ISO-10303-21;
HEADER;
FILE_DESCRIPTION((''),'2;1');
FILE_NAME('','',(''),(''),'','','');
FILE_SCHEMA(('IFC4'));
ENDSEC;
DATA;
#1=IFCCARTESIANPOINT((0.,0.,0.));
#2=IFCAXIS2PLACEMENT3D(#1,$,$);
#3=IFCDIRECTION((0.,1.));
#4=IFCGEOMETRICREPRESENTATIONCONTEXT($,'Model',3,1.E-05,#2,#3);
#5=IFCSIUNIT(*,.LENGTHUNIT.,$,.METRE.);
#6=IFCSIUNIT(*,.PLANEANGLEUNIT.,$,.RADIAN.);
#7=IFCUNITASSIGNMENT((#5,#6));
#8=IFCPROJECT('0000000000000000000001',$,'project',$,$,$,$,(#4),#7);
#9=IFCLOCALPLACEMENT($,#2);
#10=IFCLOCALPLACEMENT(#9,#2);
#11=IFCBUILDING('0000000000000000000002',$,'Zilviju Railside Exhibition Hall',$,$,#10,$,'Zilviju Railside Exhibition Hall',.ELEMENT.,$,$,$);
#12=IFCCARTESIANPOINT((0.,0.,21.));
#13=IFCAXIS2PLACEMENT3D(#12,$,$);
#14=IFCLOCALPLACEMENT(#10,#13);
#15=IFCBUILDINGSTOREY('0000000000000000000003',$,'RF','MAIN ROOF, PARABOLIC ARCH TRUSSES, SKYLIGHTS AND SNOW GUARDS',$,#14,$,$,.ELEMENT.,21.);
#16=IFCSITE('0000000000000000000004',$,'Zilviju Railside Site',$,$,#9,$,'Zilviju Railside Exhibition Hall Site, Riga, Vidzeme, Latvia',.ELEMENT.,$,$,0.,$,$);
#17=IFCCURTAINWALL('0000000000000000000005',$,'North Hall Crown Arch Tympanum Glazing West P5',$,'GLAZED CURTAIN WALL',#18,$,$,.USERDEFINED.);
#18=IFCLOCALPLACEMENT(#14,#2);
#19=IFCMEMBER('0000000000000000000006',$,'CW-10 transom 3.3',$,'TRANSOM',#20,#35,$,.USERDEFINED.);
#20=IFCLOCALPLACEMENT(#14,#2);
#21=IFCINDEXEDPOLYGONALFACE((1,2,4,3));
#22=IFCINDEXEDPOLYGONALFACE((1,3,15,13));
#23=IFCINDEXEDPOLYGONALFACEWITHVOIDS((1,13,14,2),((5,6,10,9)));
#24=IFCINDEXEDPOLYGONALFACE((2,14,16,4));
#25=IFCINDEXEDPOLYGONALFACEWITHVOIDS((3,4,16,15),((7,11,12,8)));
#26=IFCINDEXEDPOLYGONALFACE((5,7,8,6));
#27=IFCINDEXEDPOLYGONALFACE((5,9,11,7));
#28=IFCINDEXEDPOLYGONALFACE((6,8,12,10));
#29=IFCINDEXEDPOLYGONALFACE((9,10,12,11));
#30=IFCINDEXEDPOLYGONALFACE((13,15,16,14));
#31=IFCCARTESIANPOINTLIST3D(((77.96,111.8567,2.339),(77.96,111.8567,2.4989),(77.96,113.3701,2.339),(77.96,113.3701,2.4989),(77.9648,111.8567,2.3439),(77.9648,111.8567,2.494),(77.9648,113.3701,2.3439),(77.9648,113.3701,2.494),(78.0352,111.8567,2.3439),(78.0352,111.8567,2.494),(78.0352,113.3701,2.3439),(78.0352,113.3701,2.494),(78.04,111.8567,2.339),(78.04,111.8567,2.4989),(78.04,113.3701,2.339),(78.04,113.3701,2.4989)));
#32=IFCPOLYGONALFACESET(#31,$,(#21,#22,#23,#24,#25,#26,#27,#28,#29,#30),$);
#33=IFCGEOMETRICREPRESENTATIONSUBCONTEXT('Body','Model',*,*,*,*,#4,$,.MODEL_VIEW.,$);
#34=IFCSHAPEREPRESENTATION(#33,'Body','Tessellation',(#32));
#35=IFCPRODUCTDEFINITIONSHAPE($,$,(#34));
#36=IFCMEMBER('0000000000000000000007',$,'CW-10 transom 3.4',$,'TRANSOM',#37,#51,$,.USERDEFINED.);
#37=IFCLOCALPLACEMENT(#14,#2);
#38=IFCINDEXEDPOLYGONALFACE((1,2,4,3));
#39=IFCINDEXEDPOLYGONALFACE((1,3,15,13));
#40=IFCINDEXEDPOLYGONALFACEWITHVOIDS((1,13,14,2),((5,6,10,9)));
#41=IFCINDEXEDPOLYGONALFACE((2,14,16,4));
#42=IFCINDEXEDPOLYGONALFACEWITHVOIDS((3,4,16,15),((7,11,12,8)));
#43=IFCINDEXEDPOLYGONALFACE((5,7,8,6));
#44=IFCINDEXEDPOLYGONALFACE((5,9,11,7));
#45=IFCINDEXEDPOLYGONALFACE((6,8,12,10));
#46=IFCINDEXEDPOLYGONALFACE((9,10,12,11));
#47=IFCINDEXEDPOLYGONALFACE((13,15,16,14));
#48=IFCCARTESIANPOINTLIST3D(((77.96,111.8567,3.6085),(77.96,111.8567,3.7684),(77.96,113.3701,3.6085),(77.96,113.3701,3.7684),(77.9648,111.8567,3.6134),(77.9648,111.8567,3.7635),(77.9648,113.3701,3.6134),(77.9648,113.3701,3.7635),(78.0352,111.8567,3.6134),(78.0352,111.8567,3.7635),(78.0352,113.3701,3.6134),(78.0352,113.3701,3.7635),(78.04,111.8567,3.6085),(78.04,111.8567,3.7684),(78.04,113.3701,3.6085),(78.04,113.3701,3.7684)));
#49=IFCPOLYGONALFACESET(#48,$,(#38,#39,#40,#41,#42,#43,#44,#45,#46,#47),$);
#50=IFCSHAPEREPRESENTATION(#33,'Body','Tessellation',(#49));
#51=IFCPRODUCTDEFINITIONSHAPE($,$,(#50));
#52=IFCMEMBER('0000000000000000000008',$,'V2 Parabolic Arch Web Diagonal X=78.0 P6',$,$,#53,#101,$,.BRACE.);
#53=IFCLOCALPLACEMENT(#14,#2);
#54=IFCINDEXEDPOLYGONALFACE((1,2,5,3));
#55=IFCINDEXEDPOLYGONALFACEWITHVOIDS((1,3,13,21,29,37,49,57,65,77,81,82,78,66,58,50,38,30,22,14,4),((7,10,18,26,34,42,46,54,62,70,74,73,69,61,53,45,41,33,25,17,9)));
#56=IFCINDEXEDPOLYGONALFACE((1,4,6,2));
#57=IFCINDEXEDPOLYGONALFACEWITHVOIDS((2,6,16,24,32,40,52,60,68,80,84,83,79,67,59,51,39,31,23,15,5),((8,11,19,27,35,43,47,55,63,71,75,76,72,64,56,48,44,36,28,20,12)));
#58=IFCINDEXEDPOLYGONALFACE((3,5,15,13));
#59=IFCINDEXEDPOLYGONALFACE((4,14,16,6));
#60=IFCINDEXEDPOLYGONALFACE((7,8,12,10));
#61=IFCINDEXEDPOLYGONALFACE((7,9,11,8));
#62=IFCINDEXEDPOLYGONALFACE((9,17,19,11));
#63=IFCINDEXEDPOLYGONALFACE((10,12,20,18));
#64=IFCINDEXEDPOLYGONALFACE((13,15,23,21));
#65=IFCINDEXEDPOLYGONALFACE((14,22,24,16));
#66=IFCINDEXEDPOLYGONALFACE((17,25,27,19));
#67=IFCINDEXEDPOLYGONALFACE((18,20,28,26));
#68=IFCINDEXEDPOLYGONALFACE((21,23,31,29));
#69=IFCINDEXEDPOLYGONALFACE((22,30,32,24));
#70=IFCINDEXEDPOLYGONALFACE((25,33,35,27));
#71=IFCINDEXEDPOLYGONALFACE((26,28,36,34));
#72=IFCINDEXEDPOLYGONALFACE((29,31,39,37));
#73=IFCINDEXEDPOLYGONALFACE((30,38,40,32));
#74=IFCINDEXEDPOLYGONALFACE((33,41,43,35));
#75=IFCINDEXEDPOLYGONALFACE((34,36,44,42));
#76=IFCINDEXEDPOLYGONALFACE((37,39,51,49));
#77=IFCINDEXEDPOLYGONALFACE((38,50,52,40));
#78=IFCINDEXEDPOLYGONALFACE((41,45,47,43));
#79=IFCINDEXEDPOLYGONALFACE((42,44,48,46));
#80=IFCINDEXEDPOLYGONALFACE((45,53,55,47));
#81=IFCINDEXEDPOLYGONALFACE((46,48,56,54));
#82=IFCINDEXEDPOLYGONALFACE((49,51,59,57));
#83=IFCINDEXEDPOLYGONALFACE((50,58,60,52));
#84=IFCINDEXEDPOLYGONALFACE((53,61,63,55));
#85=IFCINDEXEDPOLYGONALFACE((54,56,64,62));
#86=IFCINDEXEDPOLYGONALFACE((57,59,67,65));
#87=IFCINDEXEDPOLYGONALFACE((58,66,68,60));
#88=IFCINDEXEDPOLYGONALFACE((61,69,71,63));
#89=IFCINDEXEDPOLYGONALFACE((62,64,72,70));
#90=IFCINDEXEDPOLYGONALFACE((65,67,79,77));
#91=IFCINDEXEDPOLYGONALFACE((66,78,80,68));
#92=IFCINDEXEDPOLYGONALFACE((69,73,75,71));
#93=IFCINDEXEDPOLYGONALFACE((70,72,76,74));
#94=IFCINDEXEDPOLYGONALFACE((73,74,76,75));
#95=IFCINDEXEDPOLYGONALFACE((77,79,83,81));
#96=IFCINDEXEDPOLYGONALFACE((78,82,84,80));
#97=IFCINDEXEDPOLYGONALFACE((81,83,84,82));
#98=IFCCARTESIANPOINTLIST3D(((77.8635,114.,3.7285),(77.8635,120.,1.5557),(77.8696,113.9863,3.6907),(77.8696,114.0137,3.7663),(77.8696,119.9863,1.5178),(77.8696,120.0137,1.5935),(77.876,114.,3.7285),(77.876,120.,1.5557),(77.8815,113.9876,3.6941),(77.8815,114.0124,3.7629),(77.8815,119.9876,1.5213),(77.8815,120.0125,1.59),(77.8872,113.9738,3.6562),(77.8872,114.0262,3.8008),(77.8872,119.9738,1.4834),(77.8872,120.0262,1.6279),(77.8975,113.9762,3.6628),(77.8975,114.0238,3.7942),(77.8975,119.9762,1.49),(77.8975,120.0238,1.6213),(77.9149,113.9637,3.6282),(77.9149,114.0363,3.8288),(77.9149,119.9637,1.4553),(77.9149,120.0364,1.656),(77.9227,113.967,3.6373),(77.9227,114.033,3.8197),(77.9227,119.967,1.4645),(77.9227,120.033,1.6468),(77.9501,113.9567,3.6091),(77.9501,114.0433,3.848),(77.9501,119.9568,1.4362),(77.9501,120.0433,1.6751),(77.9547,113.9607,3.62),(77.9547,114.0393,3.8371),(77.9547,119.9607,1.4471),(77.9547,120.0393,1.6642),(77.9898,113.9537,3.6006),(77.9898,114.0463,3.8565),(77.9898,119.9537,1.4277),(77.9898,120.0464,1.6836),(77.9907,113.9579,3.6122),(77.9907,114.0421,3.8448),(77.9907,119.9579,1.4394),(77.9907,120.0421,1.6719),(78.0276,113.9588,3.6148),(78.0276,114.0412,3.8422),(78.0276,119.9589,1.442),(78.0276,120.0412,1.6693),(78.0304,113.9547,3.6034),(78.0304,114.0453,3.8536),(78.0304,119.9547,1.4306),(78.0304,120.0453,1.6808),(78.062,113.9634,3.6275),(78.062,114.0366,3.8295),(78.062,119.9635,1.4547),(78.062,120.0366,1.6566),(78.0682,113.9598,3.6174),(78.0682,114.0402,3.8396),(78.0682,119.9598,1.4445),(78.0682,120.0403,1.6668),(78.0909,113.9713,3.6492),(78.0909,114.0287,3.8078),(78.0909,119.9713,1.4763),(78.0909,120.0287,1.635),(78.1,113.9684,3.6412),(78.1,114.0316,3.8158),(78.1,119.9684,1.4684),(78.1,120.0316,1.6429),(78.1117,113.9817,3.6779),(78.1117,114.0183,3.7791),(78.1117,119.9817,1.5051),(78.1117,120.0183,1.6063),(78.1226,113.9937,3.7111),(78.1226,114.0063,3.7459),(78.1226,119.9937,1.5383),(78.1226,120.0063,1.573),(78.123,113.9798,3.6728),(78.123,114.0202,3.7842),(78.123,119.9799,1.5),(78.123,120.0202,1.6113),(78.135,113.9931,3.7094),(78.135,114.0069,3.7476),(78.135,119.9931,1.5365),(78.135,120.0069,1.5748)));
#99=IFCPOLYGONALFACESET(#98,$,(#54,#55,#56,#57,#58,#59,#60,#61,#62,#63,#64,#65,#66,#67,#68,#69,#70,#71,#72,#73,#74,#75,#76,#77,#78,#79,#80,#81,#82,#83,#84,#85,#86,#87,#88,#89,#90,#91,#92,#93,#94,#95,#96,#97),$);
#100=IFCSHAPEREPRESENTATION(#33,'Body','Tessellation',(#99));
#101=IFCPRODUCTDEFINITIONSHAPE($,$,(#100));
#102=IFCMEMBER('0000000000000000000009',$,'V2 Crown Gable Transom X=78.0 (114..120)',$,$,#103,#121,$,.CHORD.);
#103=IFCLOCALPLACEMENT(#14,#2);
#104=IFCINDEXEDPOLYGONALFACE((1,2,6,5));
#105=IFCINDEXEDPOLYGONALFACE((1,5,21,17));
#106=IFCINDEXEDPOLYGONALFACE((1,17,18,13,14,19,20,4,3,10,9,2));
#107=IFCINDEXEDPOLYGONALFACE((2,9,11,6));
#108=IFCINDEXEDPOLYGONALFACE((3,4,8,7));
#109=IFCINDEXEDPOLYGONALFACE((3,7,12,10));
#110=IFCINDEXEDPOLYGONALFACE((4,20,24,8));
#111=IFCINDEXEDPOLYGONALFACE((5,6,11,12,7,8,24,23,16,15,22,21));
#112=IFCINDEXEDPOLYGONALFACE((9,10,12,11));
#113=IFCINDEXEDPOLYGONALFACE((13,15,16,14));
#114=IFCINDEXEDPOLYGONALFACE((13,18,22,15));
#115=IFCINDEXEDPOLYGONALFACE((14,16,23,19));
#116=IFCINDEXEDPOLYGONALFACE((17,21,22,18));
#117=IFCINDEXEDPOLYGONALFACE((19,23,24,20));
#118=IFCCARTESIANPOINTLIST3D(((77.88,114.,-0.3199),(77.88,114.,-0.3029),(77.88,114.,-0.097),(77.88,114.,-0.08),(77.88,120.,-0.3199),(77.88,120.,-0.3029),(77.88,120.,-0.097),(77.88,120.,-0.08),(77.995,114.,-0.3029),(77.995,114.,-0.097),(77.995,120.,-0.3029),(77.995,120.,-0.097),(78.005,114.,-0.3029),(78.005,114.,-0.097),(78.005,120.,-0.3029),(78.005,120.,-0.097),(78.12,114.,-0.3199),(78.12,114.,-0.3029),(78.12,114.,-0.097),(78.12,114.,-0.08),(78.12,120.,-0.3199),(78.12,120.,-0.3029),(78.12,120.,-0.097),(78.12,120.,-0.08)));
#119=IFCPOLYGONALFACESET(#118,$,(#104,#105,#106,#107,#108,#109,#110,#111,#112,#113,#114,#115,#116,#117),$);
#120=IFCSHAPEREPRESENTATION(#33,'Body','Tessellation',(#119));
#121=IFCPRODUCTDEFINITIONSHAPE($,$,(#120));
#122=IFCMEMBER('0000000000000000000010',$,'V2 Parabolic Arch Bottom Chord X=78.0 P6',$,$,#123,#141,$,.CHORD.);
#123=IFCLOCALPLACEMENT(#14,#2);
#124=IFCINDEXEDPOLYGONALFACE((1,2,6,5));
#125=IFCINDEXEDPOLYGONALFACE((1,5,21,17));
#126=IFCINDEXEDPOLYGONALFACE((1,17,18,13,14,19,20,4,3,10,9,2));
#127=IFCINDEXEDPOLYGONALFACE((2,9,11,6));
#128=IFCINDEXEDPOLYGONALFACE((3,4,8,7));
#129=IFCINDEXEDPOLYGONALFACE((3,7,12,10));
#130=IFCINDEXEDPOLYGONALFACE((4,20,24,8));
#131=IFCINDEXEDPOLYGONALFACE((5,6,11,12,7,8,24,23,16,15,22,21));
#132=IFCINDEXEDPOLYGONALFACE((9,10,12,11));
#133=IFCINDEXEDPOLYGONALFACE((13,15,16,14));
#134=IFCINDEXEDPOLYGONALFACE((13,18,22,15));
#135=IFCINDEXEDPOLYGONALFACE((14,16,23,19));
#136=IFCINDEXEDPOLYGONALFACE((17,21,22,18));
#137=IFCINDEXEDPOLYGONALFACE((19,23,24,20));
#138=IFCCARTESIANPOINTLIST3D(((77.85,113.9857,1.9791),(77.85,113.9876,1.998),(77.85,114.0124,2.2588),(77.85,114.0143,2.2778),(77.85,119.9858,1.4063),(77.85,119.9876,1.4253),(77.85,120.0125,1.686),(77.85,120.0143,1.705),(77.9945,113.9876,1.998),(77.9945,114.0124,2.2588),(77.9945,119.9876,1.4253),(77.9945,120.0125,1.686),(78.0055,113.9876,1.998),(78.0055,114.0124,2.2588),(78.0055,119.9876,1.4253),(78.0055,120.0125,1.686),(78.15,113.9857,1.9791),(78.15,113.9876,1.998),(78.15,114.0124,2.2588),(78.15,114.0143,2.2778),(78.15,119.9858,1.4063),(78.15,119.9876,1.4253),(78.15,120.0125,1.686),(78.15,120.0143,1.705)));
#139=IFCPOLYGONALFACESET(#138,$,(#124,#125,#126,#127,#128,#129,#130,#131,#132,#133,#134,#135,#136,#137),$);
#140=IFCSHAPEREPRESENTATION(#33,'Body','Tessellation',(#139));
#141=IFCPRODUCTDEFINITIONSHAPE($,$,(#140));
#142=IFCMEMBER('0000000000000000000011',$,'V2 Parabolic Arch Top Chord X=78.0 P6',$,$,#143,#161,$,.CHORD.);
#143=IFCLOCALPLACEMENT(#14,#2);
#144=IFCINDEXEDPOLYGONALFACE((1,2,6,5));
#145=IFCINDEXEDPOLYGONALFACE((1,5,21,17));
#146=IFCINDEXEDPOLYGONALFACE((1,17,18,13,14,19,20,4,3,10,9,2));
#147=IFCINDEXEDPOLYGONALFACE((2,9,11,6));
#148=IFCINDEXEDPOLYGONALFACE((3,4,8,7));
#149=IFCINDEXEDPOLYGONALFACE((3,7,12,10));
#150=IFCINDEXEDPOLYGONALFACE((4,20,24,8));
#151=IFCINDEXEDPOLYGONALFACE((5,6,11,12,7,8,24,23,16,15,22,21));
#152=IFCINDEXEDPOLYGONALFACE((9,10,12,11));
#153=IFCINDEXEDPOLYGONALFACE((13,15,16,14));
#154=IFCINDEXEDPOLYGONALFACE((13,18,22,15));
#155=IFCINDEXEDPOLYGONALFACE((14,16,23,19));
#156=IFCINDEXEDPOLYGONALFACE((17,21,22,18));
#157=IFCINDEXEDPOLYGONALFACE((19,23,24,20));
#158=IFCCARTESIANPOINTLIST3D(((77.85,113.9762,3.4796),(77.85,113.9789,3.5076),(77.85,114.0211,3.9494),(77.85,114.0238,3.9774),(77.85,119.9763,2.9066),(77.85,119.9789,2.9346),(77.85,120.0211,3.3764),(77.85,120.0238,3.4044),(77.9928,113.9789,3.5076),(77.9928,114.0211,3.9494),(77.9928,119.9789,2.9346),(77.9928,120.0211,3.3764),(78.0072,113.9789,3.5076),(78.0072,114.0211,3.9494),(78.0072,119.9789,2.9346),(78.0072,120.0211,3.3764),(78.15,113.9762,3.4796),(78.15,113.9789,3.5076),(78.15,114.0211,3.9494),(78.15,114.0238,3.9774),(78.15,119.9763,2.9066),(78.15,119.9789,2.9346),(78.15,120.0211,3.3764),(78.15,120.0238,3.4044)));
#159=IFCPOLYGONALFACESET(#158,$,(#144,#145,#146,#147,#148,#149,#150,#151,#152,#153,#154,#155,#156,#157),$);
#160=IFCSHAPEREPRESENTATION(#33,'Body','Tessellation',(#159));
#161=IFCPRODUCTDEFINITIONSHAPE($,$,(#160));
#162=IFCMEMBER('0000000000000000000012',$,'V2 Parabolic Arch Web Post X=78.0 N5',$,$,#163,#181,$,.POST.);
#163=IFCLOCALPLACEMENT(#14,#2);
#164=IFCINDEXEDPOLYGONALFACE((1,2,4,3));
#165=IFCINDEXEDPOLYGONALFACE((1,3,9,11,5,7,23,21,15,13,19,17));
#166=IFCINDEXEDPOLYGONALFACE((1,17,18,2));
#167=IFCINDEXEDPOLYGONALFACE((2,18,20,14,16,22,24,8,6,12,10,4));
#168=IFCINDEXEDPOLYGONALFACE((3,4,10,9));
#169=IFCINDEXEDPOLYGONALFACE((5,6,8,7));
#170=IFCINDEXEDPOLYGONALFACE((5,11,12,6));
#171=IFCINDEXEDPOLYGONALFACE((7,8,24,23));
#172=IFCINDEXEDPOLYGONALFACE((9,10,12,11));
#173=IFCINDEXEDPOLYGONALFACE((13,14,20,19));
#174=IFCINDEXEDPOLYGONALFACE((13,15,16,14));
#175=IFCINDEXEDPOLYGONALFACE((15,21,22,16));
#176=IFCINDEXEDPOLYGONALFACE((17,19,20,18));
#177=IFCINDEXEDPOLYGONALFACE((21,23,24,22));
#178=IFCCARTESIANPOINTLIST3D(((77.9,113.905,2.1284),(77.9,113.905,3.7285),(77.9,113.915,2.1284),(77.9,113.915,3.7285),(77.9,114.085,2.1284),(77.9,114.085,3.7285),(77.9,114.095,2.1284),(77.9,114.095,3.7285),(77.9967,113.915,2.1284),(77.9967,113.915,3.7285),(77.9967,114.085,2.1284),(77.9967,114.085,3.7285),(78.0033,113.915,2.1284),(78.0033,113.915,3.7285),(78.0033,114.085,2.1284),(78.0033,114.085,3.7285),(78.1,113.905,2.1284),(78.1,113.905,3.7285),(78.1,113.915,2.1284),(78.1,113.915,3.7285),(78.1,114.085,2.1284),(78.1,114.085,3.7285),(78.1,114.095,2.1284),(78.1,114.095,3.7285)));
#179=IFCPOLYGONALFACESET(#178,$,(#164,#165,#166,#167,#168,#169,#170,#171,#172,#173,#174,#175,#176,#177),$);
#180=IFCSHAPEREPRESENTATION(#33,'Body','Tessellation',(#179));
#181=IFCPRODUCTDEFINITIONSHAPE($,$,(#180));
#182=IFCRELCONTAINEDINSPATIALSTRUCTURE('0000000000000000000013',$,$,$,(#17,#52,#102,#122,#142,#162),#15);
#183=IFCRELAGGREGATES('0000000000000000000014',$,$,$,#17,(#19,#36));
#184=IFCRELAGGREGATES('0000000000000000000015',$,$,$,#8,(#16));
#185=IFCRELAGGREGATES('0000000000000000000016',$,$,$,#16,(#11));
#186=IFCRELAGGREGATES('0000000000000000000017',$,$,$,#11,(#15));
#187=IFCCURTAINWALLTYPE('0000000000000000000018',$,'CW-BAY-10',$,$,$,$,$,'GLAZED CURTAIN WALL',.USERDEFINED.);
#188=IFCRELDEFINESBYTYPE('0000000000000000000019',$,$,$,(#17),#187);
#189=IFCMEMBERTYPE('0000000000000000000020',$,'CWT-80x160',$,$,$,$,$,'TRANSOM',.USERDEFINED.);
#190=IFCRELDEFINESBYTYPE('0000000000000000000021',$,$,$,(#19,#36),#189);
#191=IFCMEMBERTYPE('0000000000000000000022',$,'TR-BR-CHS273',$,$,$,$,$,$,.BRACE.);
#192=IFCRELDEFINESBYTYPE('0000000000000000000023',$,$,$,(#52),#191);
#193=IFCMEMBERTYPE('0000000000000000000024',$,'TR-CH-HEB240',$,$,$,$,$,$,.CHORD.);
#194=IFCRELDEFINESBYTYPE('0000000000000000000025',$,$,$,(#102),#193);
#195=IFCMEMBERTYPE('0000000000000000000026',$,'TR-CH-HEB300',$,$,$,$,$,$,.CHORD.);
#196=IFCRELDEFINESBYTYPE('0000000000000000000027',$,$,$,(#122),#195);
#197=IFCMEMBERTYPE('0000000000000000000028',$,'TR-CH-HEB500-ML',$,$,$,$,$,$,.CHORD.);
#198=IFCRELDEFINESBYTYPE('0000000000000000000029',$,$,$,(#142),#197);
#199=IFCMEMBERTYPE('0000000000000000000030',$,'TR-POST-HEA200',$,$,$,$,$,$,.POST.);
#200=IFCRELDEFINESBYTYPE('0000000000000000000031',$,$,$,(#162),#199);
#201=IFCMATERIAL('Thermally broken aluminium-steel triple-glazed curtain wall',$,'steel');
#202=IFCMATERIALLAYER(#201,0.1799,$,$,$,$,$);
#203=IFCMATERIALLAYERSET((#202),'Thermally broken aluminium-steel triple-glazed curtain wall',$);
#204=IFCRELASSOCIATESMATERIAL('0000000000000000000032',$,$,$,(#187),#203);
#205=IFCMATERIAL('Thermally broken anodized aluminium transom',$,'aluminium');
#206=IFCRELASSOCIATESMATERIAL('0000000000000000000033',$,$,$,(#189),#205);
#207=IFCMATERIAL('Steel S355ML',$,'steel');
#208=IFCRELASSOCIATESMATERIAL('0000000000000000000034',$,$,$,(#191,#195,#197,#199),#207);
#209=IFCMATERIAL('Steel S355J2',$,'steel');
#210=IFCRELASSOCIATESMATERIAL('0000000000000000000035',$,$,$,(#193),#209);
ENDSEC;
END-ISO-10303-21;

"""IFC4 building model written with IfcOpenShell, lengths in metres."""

from ifc_helpers import new_model, si_unit, direction, frame, origin, origin_2d, place, context, subcontext, project, spatial, hollow_rectangle, hollow_circle, i_section, extrude, material, layer, layer_set, material_profile, profile_set, type_object, element, aggregate, save


model = new_model("IFC4")

# Units and contexts
model_context = context("Model", 3, precision=1e-05, world=origin(), true_north=direction((0.0, 1.0)))
body_context = subcontext(model_context, "Body", "Model", "MODEL_VIEW")
ifc_project = project(units=[si_unit("LENGTHUNIT", "METRE"), si_unit("PLANEANGLEUNIT", "RADIAN")], contexts=[model_context])

# Site, building, storey
site_placement = place(None, origin())
site = spatial("IfcSite", under=ifc_project, at=site_placement, Name="Zilviju Railside Site", LongName="Zilviju Railside Exhibition Hall Site, Riga, Vidzeme, Latvia", CompositionType="ELEMENT", RefElevation=0.0)
building_placement = place(site_placement, origin())
building = spatial("IfcBuilding", under=site, at=building_placement, Name="Zilviju Railside Exhibition Hall", LongName="Zilviju Railside Exhibition Hall", CompositionType="ELEMENT")
storey_placement = place(building_placement, frame((0.0, 0.0, 21.0)))
storey = spatial("IfcBuildingStorey", under=building, at=storey_placement, Name="RF", Description="MAIN ROOF, PARABOLIC ARCH TRUSSES, SKYLIGHTS AND SNOW GUARDS", CompositionType="ELEMENT", Elevation=21.0)

# Curtain wall, members
ifc_material_1 = material(Name="Thermally broken aluminium-steel triple-glazed curtain wall", Category="steel")
ifc_material_2 = material(Name="Thermally broken anodized aluminium transom", Category="aluminium")
ifc_layer_1 = layer(ifc_material_1, 0.1799)
ifc_layer_set_1 = layer_set([ifc_layer_1], Name="Thermally broken aluminium-steel triple-glazed curtain wall")
curtain_wall_type_1 = type_object("IfcCurtainWallType", Name="CW-BAY-10", ElementType="GLAZED CURTAIN WALL", PredefinedType="USERDEFINED", material=ifc_layer_set_1)
curtain_wall_1_placement = place(storey_placement, origin())
curtain_wall_1 = element("IfcCurtainWall", 1, at=curtain_wall_1_placement, inside=storey, type_object=curtain_wall_type_1, Name="North Hall Crown Arch Tympanum Glazing West P5", ObjectType="GLAZED CURTAIN WALL", PredefinedType="USERDEFINED")
ifc_material_profile_1 = material_profile(ifc_material_2, hollow_rectangle(XDim=0.0801, YDim=0.1599, WallThickness=0.0049, at=origin_2d()), Name="TRANSOM 160x80x5")
ifc_profile_set_1 = profile_set([ifc_material_profile_1], Name="Thermally broken anodized aluminium transom")
member_type_1 = type_object("IfcMemberType", Name="CWT-80x160", ElementType="TRANSOM", PredefinedType="USERDEFINED", material=ifc_profile_set_1)
member_1_placement = place(storey_placement, frame((78.0, 111.8567, 2.4189), z_axis=(0.0, 1.0, 0.0), x_axis=(-1.0, 0.0, 0.0)))
member_1 = element("IfcMember", 2, at=member_1_placement, type_object=member_type_1, Name="CW-10 transom 3.3", ObjectType="TRANSOM", PredefinedType="USERDEFINED", context=body_context, shape_type="SweptSolid", body=[
    extrude(hollow_rectangle(XDim=0.0801, YDim=0.1599, WallThickness=0.0049, at=origin_2d()), origin(), (0.0, 0.0, 1.0), 1.5134),
])
member_2_placement = place(storey_placement, frame((78.0, 111.8567, 3.6885), z_axis=(0.0, 1.0, 0.0), x_axis=(-1.0, 0.0, 0.0)))
member_2 = element("IfcMember", 3, at=member_2_placement, type_object=member_type_1, Name="CW-10 transom 3.4", ObjectType="TRANSOM", PredefinedType="USERDEFINED", context=body_context, shape_type="SweptSolid", body=[
    extrude(hollow_rectangle(XDim=0.0801, YDim=0.1599, WallThickness=0.0049, at=origin_2d()), origin(), (0.0, 0.0, 1.0), 1.5134),
])

# Members
ifc_material_3 = material(Name="Steel S355ML", Category="steel")
ifc_material_profile_2 = material_profile(ifc_material_3, hollow_circle(Radius=0.1365, WallThickness=0.0125, at=origin_2d()), Name="CHS 273.0x12.5")
ifc_profile_set_2 = profile_set([ifc_material_profile_2], Name="Steel S355ML")
member_type_2 = type_object("IfcMemberType", Name="TR-BR-CHS273", PredefinedType="BRACE", material=ifc_profile_set_2)
member_3_placement = place(storey_placement, frame((78.0, 114.0, 3.7285), z_axis=(0.0, 0.940244, -0.340502), x_axis=(-1.0, 0.0, 0.0)))
element("IfcMember", 4, at=member_3_placement, inside=storey, type_object=member_type_2, Name="V2 Parabolic Arch Web Diagonal X=78.0 P6", PredefinedType="BRACE", context=body_context, shape_type="SweptSolid", body=[
    extrude(hollow_circle(Radius=0.1365, WallThickness=0.0125, at=origin_2d()), origin(), (0.0, 0.0, 1.0), 6.3813),
])
ifc_material_4 = material(Name="Steel S355J2", Category="steel")
ifc_material_profile_3 = material_profile(ifc_material_4, i_section(OverallWidth=0.24, OverallDepth=0.24, WebThickness=0.01, FlangeThickness=0.0171, at=origin_2d()), Name="HEB 240")
ifc_profile_set_3 = profile_set([ifc_material_profile_3], Name="Steel S355J2")
member_type_3 = type_object("IfcMemberType", Name="TR-CH-HEB240", PredefinedType="CHORD", material=ifc_profile_set_3)
member_4_placement = place(storey_placement, frame((78.0, 114.0, -0.2), z_axis=(0.0, 1.0, 0.0), x_axis=(-1.0, 0.0, 0.0)))
element("IfcMember", 5, at=member_4_placement, inside=storey, type_object=member_type_3, Name="V2 Crown Gable Transom X=78.0 (114..120)", PredefinedType="CHORD", context=body_context, shape_type="SweptSolid", body=[
    extrude(i_section(OverallWidth=0.24, OverallDepth=0.24, WebThickness=0.01, FlangeThickness=0.0171, at=origin_2d()), origin(), (0.0, 0.0, 1.0), 6.0),
])
ifc_material_profile_4 = material_profile(ifc_material_3, i_section(OverallWidth=0.3, OverallDepth=0.3, WebThickness=0.011, FlangeThickness=0.019, at=origin_2d()), Name="HEB 300")
ifc_profile_set_4 = profile_set([ifc_material_profile_4], Name="Steel S355ML")
member_type_4 = type_object("IfcMemberType", Name="TR-CH-HEB300", PredefinedType="CHORD", material=ifc_profile_set_4)
member_5_placement = place(storey_placement, frame((78.0, 114.0, 2.1284), z_axis=(0.0, 0.995475, -0.095027), x_axis=(-1.0, 0.0, 0.0)))
element("IfcMember", 6, at=member_5_placement, inside=storey, type_object=member_type_4, Name="V2 Parabolic Arch Bottom Chord X=78.0 P6", PredefinedType="CHORD", context=body_context, shape_type="SweptSolid", body=[
    extrude(i_section(OverallWidth=0.3, OverallDepth=0.3, WebThickness=0.011, FlangeThickness=0.019, at=origin_2d()), origin(), (0.0, 0.0, 1.0), 6.0273),
])
ifc_material_profile_5 = material_profile(ifc_material_3, i_section(OverallWidth=0.3, OverallDepth=0.5, WebThickness=0.0144, FlangeThickness=0.0281, at=origin_2d()), Name="HEB 500")
ifc_profile_set_5 = profile_set([ifc_material_profile_5], Name="Steel S355ML")
member_type_5 = type_object("IfcMemberType", Name="TR-CH-HEB500-ML", PredefinedType="CHORD", material=ifc_profile_set_5)
member_6_placement = place(storey_placement, frame((78.0, 114.0, 3.7285), z_axis=(0.0, 0.995471, -0.095067), x_axis=(-1.0, 0.0, 0.0)))
element("IfcMember", 7, at=member_6_placement, inside=storey, type_object=member_type_5, Name="V2 Parabolic Arch Top Chord X=78.0 P6", PredefinedType="CHORD", context=body_context, shape_type="SweptSolid", body=[
    extrude(i_section(OverallWidth=0.3, OverallDepth=0.5, WebThickness=0.0144, FlangeThickness=0.0281, at=origin_2d()), origin(), (0.0, 0.0, 1.0), 6.0273),
])
ifc_material_profile_6 = material_profile(ifc_material_3, i_section(OverallWidth=0.2, OverallDepth=0.1899, WebThickness=0.0066, FlangeThickness=0.01, at=origin_2d()), Name="HEA 200")
ifc_profile_set_6 = profile_set([ifc_material_profile_6], Name="Steel S355ML")
member_type_6 = type_object("IfcMemberType", Name="TR-POST-HEA200", PredefinedType="POST", material=ifc_profile_set_6)
member_7_placement = place(storey_placement, frame((78.0, 114.0, 2.1284), z_axis=(0.0, 0.0, 1.0), x_axis=(1.0, 0.0, 0.0)))
element("IfcMember", 8, at=member_7_placement, inside=storey, type_object=member_type_6, Name="V2 Parabolic Arch Web Post X=78.0 N5", PredefinedType="POST", context=body_context, shape_type="SweptSolid", body=[
    extrude(i_section(OverallWidth=0.2, OverallDepth=0.1899, WebThickness=0.0066, FlangeThickness=0.01, at=origin_2d()), origin(), (0.0, 0.0, 1.0), 1.6001),
])

aggregate(curtain_wall_1, [member_1, member_2])

save(model, "model.ifc")
